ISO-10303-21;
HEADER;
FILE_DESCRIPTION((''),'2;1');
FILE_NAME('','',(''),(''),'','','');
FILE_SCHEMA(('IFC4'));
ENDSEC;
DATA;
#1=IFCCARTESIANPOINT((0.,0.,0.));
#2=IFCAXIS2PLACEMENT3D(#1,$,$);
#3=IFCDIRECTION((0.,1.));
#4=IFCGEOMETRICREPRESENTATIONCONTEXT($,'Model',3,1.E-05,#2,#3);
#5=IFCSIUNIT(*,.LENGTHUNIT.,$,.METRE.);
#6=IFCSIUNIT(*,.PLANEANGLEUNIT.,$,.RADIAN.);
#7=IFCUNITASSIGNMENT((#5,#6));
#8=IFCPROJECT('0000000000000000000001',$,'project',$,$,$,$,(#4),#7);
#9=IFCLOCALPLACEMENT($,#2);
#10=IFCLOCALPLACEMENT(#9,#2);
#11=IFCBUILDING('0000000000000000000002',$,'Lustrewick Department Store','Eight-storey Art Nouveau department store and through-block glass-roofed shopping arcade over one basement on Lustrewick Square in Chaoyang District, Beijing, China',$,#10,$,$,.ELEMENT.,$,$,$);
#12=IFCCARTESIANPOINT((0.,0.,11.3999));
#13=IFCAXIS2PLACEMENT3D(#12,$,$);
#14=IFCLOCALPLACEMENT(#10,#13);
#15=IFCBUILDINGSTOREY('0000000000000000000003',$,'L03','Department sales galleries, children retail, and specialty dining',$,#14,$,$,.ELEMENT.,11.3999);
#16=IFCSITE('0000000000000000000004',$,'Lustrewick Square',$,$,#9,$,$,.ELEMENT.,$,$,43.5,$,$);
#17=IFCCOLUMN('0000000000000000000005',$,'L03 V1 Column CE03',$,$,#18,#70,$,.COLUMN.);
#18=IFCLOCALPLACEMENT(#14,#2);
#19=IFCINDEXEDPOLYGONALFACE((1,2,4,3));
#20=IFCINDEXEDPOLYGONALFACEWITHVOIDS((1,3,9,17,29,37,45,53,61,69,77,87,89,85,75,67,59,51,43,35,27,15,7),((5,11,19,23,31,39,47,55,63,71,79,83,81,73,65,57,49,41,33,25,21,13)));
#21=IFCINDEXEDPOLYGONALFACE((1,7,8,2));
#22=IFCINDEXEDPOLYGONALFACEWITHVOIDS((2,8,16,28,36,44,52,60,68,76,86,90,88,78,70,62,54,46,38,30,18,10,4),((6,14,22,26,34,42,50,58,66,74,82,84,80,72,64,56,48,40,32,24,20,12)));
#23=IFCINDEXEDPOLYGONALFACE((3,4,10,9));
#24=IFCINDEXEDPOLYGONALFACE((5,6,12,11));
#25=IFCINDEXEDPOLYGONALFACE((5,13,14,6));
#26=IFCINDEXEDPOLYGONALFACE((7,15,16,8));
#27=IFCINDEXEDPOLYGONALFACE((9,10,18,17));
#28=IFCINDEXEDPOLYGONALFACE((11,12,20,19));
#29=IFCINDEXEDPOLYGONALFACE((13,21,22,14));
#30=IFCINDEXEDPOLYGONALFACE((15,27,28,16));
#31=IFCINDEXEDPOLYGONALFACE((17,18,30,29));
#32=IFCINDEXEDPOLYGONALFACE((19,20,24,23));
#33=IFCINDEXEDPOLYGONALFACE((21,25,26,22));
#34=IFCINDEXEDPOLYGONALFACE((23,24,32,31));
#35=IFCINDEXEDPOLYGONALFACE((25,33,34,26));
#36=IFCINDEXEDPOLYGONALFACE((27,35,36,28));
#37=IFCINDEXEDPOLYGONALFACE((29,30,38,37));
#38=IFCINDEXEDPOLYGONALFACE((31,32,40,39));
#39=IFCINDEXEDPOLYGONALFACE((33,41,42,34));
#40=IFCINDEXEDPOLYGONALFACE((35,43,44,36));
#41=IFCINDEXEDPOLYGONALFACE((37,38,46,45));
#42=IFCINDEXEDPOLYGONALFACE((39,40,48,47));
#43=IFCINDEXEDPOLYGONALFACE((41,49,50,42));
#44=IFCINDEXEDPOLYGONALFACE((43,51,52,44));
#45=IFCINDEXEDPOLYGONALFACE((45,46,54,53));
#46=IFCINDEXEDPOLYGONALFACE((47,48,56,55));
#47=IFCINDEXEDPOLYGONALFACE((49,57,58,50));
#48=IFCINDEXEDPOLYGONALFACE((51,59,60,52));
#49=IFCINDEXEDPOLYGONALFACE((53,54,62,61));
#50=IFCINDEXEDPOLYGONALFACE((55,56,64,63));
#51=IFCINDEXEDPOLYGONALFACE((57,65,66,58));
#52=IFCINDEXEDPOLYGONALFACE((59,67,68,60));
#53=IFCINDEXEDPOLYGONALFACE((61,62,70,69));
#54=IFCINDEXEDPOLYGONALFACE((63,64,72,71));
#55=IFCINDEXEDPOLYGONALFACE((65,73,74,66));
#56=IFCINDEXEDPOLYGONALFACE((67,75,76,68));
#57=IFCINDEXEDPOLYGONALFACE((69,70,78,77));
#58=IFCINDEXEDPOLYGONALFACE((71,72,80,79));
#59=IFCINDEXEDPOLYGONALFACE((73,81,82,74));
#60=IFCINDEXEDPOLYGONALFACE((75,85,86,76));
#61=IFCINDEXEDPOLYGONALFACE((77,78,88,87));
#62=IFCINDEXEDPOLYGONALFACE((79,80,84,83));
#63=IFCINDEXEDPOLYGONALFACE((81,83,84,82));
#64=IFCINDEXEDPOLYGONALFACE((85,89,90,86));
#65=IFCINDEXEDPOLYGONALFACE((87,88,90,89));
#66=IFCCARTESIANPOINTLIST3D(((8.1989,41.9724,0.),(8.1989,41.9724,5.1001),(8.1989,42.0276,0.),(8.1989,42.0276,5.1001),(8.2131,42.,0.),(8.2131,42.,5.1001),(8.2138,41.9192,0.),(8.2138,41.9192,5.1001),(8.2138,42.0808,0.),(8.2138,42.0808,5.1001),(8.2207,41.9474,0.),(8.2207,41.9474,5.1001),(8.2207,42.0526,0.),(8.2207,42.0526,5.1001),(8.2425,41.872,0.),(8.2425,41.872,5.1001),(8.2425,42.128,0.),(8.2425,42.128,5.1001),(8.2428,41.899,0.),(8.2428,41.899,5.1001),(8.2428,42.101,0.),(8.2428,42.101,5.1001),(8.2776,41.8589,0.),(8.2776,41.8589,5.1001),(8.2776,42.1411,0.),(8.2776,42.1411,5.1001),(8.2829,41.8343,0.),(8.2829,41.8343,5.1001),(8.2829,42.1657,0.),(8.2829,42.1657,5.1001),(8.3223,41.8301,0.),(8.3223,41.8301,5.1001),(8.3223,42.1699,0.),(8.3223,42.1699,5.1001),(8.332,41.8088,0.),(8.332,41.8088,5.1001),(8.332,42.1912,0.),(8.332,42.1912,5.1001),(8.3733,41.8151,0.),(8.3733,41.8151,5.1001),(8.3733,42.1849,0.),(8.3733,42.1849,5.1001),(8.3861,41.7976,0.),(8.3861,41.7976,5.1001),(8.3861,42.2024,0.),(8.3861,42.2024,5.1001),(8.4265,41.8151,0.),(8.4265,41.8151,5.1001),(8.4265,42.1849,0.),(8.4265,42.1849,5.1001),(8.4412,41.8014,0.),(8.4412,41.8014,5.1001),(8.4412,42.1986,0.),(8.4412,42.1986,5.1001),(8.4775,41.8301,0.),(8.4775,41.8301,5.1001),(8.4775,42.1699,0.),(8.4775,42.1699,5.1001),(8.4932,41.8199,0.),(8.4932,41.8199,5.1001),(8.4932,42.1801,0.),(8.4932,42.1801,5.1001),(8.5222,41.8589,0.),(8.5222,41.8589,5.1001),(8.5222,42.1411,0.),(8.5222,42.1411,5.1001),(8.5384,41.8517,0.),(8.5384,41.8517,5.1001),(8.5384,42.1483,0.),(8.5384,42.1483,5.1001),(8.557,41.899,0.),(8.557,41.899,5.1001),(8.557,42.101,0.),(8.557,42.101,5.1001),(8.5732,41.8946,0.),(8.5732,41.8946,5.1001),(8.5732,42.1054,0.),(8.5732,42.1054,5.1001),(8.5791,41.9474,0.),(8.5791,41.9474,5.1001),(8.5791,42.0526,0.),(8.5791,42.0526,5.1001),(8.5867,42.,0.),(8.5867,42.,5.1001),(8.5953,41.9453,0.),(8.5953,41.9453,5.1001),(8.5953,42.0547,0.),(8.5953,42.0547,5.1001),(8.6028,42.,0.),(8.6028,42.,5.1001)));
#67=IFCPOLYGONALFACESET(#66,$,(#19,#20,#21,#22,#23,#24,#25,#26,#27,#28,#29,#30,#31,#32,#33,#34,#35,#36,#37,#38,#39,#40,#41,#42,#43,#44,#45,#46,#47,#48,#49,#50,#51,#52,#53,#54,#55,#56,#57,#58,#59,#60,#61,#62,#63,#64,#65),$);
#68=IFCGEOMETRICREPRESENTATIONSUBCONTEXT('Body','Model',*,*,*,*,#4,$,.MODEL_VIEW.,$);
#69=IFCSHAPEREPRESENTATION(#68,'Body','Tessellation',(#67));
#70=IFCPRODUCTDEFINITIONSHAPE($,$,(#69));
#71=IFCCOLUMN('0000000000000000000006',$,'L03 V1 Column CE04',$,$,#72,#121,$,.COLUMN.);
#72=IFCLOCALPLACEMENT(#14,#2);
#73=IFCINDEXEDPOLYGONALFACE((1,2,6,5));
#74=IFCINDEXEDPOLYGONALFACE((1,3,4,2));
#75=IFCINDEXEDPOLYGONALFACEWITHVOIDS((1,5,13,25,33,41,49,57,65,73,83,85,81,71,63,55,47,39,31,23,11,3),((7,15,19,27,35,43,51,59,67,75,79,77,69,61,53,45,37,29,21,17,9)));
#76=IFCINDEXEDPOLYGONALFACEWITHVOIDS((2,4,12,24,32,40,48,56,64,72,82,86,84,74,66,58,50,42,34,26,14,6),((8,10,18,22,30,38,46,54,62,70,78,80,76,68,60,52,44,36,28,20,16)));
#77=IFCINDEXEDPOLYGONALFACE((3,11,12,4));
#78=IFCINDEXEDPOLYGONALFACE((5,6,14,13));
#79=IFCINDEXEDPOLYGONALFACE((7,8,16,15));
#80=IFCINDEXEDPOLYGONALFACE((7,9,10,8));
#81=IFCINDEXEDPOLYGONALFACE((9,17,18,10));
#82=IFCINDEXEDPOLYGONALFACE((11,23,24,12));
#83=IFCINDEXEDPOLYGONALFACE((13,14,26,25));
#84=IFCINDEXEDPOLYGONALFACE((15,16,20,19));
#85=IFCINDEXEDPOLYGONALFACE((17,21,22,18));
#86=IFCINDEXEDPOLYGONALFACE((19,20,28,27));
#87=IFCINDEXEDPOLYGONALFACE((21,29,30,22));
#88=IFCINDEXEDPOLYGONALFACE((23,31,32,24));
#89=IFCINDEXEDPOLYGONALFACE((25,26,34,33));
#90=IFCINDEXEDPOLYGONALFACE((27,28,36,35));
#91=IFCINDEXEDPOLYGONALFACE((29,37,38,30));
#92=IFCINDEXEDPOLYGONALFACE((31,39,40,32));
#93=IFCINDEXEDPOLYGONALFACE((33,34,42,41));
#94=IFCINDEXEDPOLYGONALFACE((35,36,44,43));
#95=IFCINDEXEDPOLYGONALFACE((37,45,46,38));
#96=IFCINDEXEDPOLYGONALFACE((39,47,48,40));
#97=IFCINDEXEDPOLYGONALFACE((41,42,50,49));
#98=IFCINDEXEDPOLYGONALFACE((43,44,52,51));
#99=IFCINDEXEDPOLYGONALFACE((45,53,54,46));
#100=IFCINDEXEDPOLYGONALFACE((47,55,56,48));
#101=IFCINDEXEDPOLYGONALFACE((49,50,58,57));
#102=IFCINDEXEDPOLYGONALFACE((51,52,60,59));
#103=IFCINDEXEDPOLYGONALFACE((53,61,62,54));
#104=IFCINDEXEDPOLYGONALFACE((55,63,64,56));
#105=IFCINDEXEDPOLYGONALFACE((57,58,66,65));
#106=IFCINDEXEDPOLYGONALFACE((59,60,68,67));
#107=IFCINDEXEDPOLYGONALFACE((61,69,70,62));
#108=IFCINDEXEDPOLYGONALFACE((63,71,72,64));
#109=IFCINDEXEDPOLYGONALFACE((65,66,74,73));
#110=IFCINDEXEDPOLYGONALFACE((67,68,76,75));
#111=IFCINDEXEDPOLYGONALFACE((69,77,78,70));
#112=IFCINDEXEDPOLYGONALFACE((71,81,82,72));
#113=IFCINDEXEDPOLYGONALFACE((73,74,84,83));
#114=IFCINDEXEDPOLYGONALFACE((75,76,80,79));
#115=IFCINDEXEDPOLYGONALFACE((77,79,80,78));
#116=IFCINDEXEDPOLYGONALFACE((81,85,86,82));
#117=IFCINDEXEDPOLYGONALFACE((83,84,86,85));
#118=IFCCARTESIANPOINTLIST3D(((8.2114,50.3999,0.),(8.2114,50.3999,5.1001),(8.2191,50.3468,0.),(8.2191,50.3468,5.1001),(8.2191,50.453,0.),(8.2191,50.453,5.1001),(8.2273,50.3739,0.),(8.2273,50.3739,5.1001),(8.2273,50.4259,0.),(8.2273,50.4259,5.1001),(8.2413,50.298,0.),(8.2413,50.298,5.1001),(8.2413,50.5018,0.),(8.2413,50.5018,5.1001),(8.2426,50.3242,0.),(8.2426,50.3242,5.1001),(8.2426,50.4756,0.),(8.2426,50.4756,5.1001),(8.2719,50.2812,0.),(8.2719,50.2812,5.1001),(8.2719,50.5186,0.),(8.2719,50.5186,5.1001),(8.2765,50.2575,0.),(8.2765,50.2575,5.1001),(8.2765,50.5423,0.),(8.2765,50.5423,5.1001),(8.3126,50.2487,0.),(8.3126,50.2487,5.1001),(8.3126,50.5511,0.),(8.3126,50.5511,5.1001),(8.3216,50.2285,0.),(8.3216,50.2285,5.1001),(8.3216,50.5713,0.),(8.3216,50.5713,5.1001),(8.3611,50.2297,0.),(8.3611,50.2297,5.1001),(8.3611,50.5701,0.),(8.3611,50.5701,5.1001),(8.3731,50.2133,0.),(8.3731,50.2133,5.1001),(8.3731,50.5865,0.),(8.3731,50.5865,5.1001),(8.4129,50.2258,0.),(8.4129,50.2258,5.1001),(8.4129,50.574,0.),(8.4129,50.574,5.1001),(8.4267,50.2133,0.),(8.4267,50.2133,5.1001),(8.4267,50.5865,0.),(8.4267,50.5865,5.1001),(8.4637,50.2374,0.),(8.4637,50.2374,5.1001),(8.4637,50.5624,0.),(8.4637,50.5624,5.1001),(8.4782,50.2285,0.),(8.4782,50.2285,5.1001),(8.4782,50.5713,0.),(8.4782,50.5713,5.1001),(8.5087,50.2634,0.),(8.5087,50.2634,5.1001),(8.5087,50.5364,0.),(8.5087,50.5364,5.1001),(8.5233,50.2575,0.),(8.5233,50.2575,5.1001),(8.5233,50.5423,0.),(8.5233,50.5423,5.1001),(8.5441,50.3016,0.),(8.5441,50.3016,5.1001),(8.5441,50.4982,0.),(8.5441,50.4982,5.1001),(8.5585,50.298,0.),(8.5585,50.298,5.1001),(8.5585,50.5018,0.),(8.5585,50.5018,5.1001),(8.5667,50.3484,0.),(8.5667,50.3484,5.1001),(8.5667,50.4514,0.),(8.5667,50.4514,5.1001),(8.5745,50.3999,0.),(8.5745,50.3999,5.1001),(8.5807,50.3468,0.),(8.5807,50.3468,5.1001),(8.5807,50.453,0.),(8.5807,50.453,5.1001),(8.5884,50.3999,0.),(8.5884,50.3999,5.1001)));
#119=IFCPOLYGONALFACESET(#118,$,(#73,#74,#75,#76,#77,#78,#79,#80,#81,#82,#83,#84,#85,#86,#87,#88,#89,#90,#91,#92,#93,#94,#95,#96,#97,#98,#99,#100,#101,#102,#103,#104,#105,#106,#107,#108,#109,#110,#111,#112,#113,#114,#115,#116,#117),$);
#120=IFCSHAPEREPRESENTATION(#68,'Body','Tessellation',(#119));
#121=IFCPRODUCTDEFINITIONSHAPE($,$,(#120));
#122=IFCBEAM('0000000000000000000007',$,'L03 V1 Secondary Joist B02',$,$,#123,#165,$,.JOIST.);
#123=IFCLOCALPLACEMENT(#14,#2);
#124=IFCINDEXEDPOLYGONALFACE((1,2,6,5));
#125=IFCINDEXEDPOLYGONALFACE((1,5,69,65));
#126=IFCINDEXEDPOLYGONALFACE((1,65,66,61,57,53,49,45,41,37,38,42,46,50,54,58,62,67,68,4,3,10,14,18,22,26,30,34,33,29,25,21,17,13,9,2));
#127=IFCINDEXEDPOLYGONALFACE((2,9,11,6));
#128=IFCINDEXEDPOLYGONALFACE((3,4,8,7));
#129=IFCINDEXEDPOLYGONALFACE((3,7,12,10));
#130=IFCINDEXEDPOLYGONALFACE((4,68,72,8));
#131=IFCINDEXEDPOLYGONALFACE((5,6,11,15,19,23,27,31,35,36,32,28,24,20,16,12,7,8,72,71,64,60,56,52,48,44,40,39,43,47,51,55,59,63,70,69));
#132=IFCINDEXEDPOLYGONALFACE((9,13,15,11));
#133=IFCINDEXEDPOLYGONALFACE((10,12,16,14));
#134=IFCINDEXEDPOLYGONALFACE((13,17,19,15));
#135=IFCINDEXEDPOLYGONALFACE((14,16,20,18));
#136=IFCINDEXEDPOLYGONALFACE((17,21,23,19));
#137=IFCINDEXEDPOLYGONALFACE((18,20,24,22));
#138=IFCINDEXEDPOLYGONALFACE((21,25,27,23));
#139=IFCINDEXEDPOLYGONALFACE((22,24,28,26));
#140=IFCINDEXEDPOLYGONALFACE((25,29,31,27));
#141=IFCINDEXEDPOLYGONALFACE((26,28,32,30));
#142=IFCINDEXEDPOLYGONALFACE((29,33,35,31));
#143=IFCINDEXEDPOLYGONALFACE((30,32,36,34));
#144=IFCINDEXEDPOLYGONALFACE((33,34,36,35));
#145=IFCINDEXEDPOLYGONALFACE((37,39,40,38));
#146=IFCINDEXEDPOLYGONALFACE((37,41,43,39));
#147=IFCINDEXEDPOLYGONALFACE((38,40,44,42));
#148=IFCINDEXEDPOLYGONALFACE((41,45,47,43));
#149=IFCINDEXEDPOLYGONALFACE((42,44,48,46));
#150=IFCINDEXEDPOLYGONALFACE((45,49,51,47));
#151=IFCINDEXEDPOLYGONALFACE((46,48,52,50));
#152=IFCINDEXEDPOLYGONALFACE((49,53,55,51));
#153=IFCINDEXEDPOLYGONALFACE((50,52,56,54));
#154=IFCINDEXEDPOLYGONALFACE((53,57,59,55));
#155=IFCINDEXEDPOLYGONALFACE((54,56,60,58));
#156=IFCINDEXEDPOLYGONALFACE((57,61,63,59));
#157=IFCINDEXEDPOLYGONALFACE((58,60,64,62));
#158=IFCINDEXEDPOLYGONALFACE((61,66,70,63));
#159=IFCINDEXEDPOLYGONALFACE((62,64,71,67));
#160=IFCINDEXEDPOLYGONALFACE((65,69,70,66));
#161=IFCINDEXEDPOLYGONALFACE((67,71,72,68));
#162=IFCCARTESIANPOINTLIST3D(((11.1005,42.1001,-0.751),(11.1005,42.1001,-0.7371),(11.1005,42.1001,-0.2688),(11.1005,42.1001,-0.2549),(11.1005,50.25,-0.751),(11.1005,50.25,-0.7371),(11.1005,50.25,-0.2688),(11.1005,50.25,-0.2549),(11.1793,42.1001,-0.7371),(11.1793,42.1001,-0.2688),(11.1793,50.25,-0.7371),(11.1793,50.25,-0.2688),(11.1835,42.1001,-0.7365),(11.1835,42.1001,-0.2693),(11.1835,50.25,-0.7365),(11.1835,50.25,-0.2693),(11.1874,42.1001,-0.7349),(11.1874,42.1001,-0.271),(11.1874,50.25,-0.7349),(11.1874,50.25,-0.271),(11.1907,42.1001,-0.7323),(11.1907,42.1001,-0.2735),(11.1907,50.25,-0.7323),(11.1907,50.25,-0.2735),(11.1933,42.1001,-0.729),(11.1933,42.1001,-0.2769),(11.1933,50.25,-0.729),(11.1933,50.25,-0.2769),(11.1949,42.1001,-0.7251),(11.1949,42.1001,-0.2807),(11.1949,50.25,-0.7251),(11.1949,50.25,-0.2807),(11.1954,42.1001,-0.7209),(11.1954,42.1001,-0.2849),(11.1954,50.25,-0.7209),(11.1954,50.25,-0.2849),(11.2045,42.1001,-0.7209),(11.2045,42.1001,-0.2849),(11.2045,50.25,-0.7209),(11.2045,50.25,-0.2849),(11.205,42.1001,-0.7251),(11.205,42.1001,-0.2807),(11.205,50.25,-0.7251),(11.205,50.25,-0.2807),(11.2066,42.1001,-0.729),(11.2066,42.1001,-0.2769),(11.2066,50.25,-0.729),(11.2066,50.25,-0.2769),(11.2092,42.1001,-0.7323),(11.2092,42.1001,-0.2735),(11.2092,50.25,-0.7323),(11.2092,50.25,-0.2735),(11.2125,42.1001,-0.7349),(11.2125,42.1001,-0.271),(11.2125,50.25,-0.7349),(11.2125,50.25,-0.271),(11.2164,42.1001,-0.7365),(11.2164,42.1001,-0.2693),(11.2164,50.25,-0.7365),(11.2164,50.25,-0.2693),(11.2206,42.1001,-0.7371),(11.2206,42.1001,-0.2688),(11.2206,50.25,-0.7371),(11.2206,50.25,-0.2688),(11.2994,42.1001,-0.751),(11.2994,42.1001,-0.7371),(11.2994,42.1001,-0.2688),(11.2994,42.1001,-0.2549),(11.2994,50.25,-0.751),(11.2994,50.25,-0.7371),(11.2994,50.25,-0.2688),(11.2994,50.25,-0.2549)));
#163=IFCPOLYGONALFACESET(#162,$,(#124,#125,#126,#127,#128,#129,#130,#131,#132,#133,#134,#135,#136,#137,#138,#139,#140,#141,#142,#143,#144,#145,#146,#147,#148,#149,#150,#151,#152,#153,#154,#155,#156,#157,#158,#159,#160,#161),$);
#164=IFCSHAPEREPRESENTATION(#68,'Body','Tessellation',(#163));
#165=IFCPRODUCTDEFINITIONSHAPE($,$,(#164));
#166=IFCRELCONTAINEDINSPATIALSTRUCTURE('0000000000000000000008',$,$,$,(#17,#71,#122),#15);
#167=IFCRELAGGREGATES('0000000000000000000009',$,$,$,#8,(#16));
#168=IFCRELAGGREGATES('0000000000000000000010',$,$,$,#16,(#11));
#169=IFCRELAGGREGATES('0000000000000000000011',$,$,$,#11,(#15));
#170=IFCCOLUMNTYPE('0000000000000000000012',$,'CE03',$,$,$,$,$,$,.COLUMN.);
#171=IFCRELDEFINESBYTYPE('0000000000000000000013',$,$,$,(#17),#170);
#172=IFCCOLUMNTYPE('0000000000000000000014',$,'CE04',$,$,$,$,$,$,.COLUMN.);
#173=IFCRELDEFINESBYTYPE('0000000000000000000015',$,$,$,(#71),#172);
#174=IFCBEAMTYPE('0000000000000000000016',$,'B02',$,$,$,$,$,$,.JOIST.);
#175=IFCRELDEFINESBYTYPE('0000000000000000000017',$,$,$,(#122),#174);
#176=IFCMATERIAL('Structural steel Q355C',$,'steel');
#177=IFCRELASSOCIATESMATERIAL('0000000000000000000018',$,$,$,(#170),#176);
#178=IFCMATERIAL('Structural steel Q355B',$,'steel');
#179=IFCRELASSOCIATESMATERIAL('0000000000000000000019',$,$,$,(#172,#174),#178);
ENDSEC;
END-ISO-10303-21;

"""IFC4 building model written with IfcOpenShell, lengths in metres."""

from ifc_helpers import new_model, si_unit, direction, frame, origin, origin_2d, place, context, subcontext, project, spatial, hollow_circle, i_section, extrude, material, material_profile, profile_set, type_object, element, save


model = new_model("IFC4")

# Units and contexts
model_context = context("Model", 3, precision=1e-05, world=origin(), true_north=direction((0.0, 1.0)))
body_context = subcontext(model_context, "Body", "Model", "MODEL_VIEW")
ifc_project = project(units=[si_unit("LENGTHUNIT", "METRE"), si_unit("PLANEANGLEUNIT", "RADIAN")], contexts=[model_context])

# Site, building, storey
site_placement = place(None, origin())
site = spatial("IfcSite", under=ifc_project, at=site_placement, Name="Lustrewick Square", CompositionType="ELEMENT", RefElevation=43.5)
building_placement = place(site_placement, origin())
building = spatial("IfcBuilding", under=site, at=building_placement, Name="Lustrewick Department Store", Description="Eight-storey Art Nouveau department store and through-block glass-roofed shopping arcade over one basement on Lustrewick Square in Chaoyang District, Beijing, China", CompositionType="ELEMENT")
storey_placement = place(building_placement, frame((0.0, 0.0, 11.3999)))
storey = spatial("IfcBuildingStorey", under=building, at=storey_placement, Name="L03", Description="Department sales galleries, children retail, and specialty dining", CompositionType="ELEMENT", Elevation=11.3999)

# Columns
ifc_material_1 = material(Name="Structural steel Q355C", Category="steel")
ifc_material_profile_1 = material_profile(ifc_material_1, hollow_circle(Radius=0.2029, WallThickness=0.0161, at=origin_2d()), Name="CHS 406x16")
ifc_profile_set_1 = profile_set([ifc_material_profile_1], Name="Structural steel Q355C")
column_type_1 = type_object("IfcColumnType", Name="CE03", PredefinedType="COLUMN", material=ifc_profile_set_1)
column_1_placement = place(storey_placement, frame((8.3999, 42.0, 0.0), z_axis=(0.0, 0.0, 1.0), x_axis=(1.0, 0.0, 0.0)))
element("IfcColumn", 1, at=column_1_placement, inside=storey, type_object=column_type_1, Name="L03 V1 Column CE03", PredefinedType="COLUMN", context=body_context, shape_type="SweptSolid", body=[
    extrude(hollow_circle(Radius=0.2029, WallThickness=0.0161, at=origin_2d()), origin(), (0.0, 0.0, 1.0), 5.1001),
])
ifc_material_2 = material(Name="Structural steel Q355B", Category="steel")
ifc_material_profile_2 = material_profile(ifc_material_2, hollow_circle(Radius=0.1885, WallThickness=0.0139, at=origin_2d()), Name="CHS 377x14")
ifc_profile_set_2 = profile_set([ifc_material_profile_2], Name="Structural steel Q355B")
column_type_2 = type_object("IfcColumnType", Name="CE04", PredefinedType="COLUMN", material=ifc_profile_set_2)
column_2_placement = place(storey_placement, frame((8.3999, 50.3999, 0.0), z_axis=(0.0, 0.0, 1.0), x_axis=(1.0, 0.0, 0.0)))
element("IfcColumn", 2, at=column_2_placement, inside=storey, type_object=column_type_2, Name="L03 V1 Column CE04", PredefinedType="COLUMN", context=body_context, shape_type="SweptSolid", body=[
    extrude(hollow_circle(Radius=0.1885, WallThickness=0.0139, at=origin_2d()), origin(), (0.0, 0.0, 1.0), 5.1001),
])

# Beam
ifc_material_profile_3 = material_profile(ifc_material_2, i_section(OverallWidth=0.199, OverallDepth=0.4961, WebThickness=0.009, FlangeThickness=0.0139, FilletRadius=0.0161, at=origin_2d()), Name="HN 496x199x9x14")
ifc_profile_set_3 = profile_set([ifc_material_profile_3], Name="Structural steel Q355B")
beam_type_1 = type_object("IfcBeamType", Name="B02", PredefinedType="JOIST", material=ifc_profile_set_3)
beam_1_placement = place(storey_placement, frame((11.2, 42.1001, -0.5029), z_axis=(0.0, 1.0, 0.0), x_axis=(-1.0, 0.0, 0.0)))
element("IfcBeam", 3, at=beam_1_placement, inside=storey, type_object=beam_type_1, Name="L03 V1 Secondary Joist B02", PredefinedType="JOIST", context=body_context, shape_type="SweptSolid", body=[
    extrude(i_section(OverallWidth=0.199, OverallDepth=0.4961, WebThickness=0.009, FlangeThickness=0.0139, FilletRadius=0.0161, at=origin_2d()), origin(), (0.0, 0.0, 1.0), 8.1499),
])

save(model, "model.ifc")
